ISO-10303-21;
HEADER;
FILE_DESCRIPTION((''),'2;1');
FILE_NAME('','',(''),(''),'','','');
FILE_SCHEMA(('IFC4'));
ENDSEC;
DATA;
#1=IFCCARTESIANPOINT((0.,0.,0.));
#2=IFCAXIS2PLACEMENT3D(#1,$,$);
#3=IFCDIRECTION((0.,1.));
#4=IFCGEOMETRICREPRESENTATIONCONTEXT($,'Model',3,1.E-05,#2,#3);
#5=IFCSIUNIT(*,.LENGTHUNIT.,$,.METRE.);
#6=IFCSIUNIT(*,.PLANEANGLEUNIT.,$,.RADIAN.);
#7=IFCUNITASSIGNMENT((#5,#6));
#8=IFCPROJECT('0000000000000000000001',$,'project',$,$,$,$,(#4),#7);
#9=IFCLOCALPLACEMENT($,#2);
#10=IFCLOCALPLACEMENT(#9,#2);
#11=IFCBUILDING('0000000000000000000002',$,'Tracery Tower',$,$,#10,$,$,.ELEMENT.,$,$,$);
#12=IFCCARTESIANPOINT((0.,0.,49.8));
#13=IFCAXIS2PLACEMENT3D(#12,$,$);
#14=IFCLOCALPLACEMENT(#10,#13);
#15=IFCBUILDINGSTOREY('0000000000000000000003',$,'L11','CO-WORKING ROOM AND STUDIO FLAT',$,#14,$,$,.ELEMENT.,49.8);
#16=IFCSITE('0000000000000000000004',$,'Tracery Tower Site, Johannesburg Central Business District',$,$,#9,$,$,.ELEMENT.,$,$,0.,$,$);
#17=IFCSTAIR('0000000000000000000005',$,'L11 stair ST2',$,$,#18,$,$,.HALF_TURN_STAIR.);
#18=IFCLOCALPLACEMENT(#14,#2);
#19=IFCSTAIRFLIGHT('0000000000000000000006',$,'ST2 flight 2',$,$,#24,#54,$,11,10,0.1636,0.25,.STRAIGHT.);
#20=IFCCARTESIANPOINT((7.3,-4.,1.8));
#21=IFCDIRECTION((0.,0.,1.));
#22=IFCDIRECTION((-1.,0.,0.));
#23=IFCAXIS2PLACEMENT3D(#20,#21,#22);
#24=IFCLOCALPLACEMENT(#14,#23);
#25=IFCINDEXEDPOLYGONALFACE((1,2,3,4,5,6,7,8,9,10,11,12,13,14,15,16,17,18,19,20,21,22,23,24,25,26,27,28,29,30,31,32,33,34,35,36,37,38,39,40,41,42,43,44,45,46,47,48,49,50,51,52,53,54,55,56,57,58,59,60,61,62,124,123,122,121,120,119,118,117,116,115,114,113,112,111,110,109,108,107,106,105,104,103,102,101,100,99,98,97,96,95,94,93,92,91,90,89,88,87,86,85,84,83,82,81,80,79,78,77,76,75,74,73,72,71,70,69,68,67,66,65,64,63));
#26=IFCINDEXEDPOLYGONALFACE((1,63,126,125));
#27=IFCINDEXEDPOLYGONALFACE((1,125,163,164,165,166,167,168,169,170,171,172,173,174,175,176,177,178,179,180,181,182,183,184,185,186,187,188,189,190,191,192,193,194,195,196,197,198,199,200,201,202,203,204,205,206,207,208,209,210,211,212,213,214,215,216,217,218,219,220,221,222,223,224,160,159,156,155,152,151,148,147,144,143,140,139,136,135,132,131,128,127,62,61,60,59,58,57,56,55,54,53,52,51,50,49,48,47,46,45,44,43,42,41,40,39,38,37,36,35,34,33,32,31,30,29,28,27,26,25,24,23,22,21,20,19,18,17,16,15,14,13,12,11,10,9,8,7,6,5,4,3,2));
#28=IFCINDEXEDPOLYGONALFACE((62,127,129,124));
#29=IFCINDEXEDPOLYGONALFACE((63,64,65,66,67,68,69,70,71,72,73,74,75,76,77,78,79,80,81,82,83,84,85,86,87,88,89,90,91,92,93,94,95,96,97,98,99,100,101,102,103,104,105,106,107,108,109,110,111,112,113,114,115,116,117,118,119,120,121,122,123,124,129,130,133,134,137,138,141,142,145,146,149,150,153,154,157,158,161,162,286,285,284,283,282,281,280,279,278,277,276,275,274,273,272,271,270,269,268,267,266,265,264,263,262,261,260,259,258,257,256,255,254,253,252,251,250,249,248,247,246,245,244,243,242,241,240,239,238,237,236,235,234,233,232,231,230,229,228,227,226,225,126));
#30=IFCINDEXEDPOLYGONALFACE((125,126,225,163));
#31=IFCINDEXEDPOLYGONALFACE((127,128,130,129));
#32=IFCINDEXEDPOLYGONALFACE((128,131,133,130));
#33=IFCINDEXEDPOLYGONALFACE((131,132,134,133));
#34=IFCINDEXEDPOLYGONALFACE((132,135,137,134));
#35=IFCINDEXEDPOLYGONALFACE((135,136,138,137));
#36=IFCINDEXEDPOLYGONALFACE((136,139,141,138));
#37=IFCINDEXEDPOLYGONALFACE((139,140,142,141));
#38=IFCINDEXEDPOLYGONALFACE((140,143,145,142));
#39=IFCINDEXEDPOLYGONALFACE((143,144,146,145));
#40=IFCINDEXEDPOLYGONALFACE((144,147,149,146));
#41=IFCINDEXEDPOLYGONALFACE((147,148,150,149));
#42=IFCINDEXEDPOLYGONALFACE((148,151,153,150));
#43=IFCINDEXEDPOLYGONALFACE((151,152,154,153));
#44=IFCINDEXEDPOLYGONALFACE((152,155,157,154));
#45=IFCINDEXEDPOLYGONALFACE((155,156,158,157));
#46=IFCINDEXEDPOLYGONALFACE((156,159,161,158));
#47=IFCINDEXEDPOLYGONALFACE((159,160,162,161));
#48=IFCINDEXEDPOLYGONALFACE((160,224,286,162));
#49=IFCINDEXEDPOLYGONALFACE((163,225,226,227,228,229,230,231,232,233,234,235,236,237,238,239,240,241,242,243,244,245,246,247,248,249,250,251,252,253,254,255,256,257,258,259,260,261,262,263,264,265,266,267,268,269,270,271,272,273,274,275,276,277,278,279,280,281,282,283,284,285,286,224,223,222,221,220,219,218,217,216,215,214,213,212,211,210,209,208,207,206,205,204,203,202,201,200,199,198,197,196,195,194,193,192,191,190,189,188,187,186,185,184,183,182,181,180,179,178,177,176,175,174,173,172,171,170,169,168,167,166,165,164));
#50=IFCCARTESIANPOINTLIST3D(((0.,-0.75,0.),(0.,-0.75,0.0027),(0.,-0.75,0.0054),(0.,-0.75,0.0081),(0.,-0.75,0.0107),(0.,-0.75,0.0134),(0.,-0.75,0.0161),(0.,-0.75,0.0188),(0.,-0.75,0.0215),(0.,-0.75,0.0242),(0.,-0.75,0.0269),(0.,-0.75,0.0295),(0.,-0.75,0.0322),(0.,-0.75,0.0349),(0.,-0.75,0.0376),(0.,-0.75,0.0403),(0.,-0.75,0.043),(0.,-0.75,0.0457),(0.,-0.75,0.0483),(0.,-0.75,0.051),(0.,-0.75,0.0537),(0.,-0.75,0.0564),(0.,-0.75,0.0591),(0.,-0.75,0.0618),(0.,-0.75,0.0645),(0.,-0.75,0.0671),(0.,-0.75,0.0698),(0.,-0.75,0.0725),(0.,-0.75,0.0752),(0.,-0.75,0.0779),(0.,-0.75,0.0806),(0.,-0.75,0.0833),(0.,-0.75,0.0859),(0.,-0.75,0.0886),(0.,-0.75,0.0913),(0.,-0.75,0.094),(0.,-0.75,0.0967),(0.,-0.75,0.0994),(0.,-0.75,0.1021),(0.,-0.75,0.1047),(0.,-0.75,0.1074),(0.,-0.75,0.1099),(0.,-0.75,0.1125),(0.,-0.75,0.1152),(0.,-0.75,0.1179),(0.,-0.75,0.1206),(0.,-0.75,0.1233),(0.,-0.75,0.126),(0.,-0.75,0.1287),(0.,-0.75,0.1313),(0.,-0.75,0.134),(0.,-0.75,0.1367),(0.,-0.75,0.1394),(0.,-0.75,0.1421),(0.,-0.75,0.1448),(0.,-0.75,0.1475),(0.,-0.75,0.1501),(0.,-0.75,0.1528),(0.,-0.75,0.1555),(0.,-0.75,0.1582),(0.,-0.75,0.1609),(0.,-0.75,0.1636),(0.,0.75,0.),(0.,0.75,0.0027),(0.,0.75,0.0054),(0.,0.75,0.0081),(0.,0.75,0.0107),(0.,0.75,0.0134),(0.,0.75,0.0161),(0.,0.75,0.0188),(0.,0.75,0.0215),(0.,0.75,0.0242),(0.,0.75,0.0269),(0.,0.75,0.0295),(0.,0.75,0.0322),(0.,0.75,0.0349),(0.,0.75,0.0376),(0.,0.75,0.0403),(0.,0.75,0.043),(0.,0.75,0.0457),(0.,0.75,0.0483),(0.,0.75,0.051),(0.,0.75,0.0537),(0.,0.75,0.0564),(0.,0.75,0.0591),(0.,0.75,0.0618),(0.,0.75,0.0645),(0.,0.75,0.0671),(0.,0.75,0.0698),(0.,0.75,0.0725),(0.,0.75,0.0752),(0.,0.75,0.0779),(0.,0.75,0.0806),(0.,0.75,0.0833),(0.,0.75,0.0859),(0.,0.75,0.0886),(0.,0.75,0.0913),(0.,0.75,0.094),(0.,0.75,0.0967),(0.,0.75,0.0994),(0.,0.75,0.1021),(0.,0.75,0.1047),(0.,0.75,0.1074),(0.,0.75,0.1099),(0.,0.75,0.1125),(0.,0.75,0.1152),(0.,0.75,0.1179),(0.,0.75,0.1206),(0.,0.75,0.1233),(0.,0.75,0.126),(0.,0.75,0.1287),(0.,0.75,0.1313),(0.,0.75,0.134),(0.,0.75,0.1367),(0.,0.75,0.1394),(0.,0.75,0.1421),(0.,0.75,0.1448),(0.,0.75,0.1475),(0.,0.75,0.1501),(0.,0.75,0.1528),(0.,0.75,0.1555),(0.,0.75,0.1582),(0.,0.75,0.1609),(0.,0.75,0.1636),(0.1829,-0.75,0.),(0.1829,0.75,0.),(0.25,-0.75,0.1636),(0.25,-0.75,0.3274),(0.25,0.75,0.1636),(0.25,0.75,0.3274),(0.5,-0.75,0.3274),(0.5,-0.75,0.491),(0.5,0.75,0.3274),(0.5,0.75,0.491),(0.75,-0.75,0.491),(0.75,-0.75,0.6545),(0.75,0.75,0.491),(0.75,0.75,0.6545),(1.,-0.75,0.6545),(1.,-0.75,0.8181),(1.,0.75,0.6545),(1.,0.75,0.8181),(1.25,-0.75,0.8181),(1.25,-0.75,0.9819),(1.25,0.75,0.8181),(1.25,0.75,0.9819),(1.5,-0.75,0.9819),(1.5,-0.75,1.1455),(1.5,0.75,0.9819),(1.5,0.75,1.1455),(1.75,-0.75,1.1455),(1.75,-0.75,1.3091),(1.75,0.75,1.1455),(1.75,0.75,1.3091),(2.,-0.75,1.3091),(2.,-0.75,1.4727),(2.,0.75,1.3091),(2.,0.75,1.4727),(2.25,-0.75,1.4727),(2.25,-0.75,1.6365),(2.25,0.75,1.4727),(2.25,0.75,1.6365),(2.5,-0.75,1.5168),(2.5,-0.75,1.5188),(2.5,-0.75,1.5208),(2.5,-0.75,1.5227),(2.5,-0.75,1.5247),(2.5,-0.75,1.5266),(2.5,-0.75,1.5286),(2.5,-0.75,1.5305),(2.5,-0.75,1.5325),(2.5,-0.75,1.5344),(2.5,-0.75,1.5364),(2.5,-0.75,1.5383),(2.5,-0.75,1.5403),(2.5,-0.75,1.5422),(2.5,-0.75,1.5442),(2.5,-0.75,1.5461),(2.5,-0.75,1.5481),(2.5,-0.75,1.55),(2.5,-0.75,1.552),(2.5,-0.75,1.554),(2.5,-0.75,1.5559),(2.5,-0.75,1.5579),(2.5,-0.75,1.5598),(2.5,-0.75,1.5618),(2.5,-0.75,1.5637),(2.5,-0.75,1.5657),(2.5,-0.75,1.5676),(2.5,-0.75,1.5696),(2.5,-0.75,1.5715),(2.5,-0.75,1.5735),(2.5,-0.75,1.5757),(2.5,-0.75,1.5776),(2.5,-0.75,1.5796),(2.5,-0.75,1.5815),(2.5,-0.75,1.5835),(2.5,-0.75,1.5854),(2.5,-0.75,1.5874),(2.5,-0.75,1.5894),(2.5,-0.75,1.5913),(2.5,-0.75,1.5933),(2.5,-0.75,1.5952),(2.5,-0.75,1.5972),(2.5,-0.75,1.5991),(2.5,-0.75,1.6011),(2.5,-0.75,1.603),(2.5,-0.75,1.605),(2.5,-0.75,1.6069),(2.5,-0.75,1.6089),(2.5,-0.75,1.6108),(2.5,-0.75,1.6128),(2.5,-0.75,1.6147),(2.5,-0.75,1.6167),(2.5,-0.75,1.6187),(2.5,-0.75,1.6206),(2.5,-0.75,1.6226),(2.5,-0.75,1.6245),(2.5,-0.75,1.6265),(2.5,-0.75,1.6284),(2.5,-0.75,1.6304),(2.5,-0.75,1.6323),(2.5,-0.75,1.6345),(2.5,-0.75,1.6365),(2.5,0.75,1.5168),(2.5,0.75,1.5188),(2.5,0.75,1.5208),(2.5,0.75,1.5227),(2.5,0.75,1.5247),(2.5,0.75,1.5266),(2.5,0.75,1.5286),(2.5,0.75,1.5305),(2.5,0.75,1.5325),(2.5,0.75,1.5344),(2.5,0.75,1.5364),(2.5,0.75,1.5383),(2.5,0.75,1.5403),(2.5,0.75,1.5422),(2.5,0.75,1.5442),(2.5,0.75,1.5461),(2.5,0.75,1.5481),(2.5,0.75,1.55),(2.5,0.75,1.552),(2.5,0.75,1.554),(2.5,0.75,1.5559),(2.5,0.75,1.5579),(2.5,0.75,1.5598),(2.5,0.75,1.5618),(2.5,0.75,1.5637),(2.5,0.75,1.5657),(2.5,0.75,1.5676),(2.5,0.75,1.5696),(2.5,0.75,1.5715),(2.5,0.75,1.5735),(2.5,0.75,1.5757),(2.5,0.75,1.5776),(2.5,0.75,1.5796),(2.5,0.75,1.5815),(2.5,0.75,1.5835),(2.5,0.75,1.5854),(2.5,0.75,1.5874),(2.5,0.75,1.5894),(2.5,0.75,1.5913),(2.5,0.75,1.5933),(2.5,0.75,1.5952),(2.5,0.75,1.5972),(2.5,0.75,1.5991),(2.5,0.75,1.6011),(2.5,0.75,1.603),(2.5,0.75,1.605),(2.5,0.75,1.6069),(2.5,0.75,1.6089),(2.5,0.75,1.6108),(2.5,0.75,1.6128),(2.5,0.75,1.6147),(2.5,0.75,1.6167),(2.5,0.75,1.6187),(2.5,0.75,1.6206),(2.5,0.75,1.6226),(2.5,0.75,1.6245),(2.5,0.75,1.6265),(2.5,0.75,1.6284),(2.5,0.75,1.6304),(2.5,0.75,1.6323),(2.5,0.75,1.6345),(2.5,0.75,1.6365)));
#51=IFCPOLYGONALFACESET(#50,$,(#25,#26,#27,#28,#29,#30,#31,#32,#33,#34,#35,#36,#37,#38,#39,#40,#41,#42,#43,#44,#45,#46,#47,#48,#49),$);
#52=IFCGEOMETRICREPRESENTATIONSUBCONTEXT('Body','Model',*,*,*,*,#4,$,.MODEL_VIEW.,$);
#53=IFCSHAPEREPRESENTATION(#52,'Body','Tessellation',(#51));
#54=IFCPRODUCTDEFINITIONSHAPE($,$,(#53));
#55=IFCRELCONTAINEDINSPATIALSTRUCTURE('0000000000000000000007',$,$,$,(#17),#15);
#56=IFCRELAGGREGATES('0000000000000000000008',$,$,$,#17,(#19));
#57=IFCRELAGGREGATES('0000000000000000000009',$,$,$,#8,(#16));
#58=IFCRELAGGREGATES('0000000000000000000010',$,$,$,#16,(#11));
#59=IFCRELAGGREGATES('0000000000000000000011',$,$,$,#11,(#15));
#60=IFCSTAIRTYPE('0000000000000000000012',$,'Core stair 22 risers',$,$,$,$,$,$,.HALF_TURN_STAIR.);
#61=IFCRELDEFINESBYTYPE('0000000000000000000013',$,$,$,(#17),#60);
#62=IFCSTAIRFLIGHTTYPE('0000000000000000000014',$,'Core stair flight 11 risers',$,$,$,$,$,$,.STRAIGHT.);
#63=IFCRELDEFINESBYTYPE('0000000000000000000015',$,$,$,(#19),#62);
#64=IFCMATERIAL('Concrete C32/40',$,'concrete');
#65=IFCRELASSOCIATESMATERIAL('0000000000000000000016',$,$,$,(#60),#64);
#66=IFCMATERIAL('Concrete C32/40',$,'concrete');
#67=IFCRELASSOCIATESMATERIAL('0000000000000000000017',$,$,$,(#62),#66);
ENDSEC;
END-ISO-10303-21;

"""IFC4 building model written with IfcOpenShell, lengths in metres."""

from ifc_helpers import new_model, si_unit, direction, frame, origin, place, context, subcontext, project, spatial, polyline, outline, extrude, material, type_object, element, aggregate, save


model = new_model("IFC4")

# Units and contexts
model_context = context("Model", 3, precision=1e-05, world=origin(), true_north=direction((0.0, 1.0)))
body_context = subcontext(model_context, "Body", "Model", "MODEL_VIEW")
ifc_project = project(units=[si_unit("LENGTHUNIT", "METRE"), si_unit("PLANEANGLEUNIT", "RADIAN")], contexts=[model_context])

# Site, building, storey
site_placement = place(None, origin())
site = spatial("IfcSite", under=ifc_project, at=site_placement, Name="Tracery Tower Site, Johannesburg Central Business District", CompositionType="ELEMENT", RefElevation=0.0)
building_placement = place(site_placement, origin())
building = spatial("IfcBuilding", under=site, at=building_placement, Name="Tracery Tower", CompositionType="ELEMENT")
storey_placement = place(building_placement, frame((0.0, 0.0, 49.8)))
storey = spatial("IfcBuildingStorey", under=building, at=storey_placement, Name="L11", Description="CO-WORKING ROOM AND STUDIO FLAT", CompositionType="ELEMENT", Elevation=49.8)

# Stair, stair flight
ifc_material_1 = material(Name="Concrete C32/40", Category="concrete")
stair_type = type_object("IfcStairType", Name="Core stair 22 risers", PredefinedType="HALF_TURN_STAIR", material=ifc_material_1)
stair_placement = place(storey_placement, origin())
stair = element("IfcStair", 1, at=stair_placement, inside=storey, type_object=stair_type, Name="L11 stair ST2", PredefinedType="HALF_TURN_STAIR")
ifc_material_2 = material(Name="Concrete C32/40", Category="concrete")
stair_flight_type = type_object("IfcStairFlightType", Name="Core stair flight 11 risers", PredefinedType="STRAIGHT", material=ifc_material_2)
stair_flight_1_placement = place(storey_placement, frame((7.3, -4.0, 1.8), z_axis=(0.0, 0.0, 1.0), x_axis=(-1.0, 0.0, 0.0)))
stair_flight_1 = element("IfcStairFlight", 2, at=stair_flight_1_placement, type_object=stair_flight_type, Name="ST2 flight 2", NumberOfRisers=11, NumberOfTreads=10, PredefinedType="STRAIGHT", RiserHeight=0.1636, TreadLength=0.25, context=body_context, shape_type="SweptSolid", body=[
    extrude(outline(polyline([(0.0, 0.0), (0.0, 0.0027), (0.0, 0.0054), (0.0, 0.0081), (0.0, 0.0107), (0.0, 0.0134), (0.0, 0.0161), (0.0, 0.0188), (0.0, 0.0215), (0.0, 0.0242), (0.0, 0.0269), (0.0, 0.0295), (0.0, 0.0322), (0.0, 0.0349), (0.0, 0.0376), (0.0, 0.0403), (0.0, 0.043), (0.0, 0.0457), (0.0, 0.0483), (0.0, 0.051), (0.0, 0.0537), (0.0, 0.0564), (0.0, 0.0591), (0.0, 0.0618), (0.0, 0.0645), (0.0, 0.0671), (0.0, 0.0698), (0.0, 0.0725), (0.0, 0.0752), (0.0, 0.0779), (0.0, 0.0806), (0.0, 0.0833), (0.0, 0.0859), (0.0, 0.0886), (0.0, 0.0913), (0.0, 0.094), (0.0, 0.0967), (0.0, 0.0994), (0.0, 0.1021), (0.0, 0.1047), (0.0, 0.1074), (0.0, 0.1099), (0.0, 0.1125), (0.0, 0.1152), (0.0, 0.1179), (0.0, 0.1206), (0.0, 0.1233), (0.0, 0.126), (0.0, 0.1287), (0.0, 0.1313), (0.0, 0.134), (0.0, 0.1367), (0.0, 0.1394), (0.0, 0.1421), (0.0, 0.1448), (0.0, 0.1475), (0.0, 0.1501), (0.0, 0.1528), (0.0, 0.1555), (0.0, 0.1582), (0.0, 0.1609), (0.0, 0.1636), (0.25, 0.1636), (0.25, 0.3274), (0.5, 0.3274), (0.5, 0.491), (0.75, 0.491), (0.75, 0.6545), (1.0, 0.6545), (1.0, 0.8181), (1.25, 0.8181), (1.25, 0.9819), (1.5, 0.9819), (1.5, 1.1455), (1.75, 1.1455), (1.75, 1.3091), (2.0, 1.3091), (2.0, 1.4727), (2.25, 1.4727), (2.25, 1.6365), (2.5, 1.6365), (2.5, 1.6345), (2.5, 1.6323), (2.5, 1.6304), (2.5, 1.6284), (2.5, 1.6265), (2.5, 1.6245), (2.5, 1.6226), (2.5, 1.6206), (2.5, 1.6187), (2.5, 1.6167), (2.5, 1.6147), (2.5, 1.6128), (2.5, 1.6108), (2.5, 1.6089), (2.5, 1.6069), (2.5, 1.605), (2.5, 1.603), (2.5, 1.6011), (2.5, 1.5991), (2.5, 1.5972), (2.5, 1.5952), (2.5, 1.5933), (2.5, 1.5913), (2.5, 1.5894), (2.5, 1.5874), (2.5, 1.5854), (2.5, 1.5835), (2.5, 1.5815), (2.5, 1.5796), (2.5, 1.5776), (2.5, 1.5757), (2.5, 1.5735), (2.5, 1.5715), (2.5, 1.5696), (2.5, 1.5676), (2.5, 1.5657), (2.5, 1.5637), (2.5, 1.5618), (2.5, 1.5598), (2.5, 1.5579), (2.5, 1.5559), (2.5, 1.554), (2.5, 1.552), (2.5, 1.55), (2.5, 1.5481), (2.5, 1.5461), (2.5, 1.5442), (2.5, 1.5422), (2.5, 1.5403), (2.5, 1.5383), (2.5, 1.5364), (2.5, 1.5344), (2.5, 1.5325), (2.5, 1.5305), (2.5, 1.5286), (2.5, 1.5266), (2.5, 1.5247), (2.5, 1.5227), (2.5, 1.5208), (2.5, 1.5188), (2.5, 1.5168), (0.1829, 0.0), (0.0, 0.0)])), frame((0.0, 0.75, 0.0), z_axis=(0.0, -1.0, 0.0), x_axis=(1.0, 0.0, 0.0)), (0.0, 0.0, 1.0), 1.5),
])
aggregate(stair, [stair_flight_1])

save(model, "model.ifc")
